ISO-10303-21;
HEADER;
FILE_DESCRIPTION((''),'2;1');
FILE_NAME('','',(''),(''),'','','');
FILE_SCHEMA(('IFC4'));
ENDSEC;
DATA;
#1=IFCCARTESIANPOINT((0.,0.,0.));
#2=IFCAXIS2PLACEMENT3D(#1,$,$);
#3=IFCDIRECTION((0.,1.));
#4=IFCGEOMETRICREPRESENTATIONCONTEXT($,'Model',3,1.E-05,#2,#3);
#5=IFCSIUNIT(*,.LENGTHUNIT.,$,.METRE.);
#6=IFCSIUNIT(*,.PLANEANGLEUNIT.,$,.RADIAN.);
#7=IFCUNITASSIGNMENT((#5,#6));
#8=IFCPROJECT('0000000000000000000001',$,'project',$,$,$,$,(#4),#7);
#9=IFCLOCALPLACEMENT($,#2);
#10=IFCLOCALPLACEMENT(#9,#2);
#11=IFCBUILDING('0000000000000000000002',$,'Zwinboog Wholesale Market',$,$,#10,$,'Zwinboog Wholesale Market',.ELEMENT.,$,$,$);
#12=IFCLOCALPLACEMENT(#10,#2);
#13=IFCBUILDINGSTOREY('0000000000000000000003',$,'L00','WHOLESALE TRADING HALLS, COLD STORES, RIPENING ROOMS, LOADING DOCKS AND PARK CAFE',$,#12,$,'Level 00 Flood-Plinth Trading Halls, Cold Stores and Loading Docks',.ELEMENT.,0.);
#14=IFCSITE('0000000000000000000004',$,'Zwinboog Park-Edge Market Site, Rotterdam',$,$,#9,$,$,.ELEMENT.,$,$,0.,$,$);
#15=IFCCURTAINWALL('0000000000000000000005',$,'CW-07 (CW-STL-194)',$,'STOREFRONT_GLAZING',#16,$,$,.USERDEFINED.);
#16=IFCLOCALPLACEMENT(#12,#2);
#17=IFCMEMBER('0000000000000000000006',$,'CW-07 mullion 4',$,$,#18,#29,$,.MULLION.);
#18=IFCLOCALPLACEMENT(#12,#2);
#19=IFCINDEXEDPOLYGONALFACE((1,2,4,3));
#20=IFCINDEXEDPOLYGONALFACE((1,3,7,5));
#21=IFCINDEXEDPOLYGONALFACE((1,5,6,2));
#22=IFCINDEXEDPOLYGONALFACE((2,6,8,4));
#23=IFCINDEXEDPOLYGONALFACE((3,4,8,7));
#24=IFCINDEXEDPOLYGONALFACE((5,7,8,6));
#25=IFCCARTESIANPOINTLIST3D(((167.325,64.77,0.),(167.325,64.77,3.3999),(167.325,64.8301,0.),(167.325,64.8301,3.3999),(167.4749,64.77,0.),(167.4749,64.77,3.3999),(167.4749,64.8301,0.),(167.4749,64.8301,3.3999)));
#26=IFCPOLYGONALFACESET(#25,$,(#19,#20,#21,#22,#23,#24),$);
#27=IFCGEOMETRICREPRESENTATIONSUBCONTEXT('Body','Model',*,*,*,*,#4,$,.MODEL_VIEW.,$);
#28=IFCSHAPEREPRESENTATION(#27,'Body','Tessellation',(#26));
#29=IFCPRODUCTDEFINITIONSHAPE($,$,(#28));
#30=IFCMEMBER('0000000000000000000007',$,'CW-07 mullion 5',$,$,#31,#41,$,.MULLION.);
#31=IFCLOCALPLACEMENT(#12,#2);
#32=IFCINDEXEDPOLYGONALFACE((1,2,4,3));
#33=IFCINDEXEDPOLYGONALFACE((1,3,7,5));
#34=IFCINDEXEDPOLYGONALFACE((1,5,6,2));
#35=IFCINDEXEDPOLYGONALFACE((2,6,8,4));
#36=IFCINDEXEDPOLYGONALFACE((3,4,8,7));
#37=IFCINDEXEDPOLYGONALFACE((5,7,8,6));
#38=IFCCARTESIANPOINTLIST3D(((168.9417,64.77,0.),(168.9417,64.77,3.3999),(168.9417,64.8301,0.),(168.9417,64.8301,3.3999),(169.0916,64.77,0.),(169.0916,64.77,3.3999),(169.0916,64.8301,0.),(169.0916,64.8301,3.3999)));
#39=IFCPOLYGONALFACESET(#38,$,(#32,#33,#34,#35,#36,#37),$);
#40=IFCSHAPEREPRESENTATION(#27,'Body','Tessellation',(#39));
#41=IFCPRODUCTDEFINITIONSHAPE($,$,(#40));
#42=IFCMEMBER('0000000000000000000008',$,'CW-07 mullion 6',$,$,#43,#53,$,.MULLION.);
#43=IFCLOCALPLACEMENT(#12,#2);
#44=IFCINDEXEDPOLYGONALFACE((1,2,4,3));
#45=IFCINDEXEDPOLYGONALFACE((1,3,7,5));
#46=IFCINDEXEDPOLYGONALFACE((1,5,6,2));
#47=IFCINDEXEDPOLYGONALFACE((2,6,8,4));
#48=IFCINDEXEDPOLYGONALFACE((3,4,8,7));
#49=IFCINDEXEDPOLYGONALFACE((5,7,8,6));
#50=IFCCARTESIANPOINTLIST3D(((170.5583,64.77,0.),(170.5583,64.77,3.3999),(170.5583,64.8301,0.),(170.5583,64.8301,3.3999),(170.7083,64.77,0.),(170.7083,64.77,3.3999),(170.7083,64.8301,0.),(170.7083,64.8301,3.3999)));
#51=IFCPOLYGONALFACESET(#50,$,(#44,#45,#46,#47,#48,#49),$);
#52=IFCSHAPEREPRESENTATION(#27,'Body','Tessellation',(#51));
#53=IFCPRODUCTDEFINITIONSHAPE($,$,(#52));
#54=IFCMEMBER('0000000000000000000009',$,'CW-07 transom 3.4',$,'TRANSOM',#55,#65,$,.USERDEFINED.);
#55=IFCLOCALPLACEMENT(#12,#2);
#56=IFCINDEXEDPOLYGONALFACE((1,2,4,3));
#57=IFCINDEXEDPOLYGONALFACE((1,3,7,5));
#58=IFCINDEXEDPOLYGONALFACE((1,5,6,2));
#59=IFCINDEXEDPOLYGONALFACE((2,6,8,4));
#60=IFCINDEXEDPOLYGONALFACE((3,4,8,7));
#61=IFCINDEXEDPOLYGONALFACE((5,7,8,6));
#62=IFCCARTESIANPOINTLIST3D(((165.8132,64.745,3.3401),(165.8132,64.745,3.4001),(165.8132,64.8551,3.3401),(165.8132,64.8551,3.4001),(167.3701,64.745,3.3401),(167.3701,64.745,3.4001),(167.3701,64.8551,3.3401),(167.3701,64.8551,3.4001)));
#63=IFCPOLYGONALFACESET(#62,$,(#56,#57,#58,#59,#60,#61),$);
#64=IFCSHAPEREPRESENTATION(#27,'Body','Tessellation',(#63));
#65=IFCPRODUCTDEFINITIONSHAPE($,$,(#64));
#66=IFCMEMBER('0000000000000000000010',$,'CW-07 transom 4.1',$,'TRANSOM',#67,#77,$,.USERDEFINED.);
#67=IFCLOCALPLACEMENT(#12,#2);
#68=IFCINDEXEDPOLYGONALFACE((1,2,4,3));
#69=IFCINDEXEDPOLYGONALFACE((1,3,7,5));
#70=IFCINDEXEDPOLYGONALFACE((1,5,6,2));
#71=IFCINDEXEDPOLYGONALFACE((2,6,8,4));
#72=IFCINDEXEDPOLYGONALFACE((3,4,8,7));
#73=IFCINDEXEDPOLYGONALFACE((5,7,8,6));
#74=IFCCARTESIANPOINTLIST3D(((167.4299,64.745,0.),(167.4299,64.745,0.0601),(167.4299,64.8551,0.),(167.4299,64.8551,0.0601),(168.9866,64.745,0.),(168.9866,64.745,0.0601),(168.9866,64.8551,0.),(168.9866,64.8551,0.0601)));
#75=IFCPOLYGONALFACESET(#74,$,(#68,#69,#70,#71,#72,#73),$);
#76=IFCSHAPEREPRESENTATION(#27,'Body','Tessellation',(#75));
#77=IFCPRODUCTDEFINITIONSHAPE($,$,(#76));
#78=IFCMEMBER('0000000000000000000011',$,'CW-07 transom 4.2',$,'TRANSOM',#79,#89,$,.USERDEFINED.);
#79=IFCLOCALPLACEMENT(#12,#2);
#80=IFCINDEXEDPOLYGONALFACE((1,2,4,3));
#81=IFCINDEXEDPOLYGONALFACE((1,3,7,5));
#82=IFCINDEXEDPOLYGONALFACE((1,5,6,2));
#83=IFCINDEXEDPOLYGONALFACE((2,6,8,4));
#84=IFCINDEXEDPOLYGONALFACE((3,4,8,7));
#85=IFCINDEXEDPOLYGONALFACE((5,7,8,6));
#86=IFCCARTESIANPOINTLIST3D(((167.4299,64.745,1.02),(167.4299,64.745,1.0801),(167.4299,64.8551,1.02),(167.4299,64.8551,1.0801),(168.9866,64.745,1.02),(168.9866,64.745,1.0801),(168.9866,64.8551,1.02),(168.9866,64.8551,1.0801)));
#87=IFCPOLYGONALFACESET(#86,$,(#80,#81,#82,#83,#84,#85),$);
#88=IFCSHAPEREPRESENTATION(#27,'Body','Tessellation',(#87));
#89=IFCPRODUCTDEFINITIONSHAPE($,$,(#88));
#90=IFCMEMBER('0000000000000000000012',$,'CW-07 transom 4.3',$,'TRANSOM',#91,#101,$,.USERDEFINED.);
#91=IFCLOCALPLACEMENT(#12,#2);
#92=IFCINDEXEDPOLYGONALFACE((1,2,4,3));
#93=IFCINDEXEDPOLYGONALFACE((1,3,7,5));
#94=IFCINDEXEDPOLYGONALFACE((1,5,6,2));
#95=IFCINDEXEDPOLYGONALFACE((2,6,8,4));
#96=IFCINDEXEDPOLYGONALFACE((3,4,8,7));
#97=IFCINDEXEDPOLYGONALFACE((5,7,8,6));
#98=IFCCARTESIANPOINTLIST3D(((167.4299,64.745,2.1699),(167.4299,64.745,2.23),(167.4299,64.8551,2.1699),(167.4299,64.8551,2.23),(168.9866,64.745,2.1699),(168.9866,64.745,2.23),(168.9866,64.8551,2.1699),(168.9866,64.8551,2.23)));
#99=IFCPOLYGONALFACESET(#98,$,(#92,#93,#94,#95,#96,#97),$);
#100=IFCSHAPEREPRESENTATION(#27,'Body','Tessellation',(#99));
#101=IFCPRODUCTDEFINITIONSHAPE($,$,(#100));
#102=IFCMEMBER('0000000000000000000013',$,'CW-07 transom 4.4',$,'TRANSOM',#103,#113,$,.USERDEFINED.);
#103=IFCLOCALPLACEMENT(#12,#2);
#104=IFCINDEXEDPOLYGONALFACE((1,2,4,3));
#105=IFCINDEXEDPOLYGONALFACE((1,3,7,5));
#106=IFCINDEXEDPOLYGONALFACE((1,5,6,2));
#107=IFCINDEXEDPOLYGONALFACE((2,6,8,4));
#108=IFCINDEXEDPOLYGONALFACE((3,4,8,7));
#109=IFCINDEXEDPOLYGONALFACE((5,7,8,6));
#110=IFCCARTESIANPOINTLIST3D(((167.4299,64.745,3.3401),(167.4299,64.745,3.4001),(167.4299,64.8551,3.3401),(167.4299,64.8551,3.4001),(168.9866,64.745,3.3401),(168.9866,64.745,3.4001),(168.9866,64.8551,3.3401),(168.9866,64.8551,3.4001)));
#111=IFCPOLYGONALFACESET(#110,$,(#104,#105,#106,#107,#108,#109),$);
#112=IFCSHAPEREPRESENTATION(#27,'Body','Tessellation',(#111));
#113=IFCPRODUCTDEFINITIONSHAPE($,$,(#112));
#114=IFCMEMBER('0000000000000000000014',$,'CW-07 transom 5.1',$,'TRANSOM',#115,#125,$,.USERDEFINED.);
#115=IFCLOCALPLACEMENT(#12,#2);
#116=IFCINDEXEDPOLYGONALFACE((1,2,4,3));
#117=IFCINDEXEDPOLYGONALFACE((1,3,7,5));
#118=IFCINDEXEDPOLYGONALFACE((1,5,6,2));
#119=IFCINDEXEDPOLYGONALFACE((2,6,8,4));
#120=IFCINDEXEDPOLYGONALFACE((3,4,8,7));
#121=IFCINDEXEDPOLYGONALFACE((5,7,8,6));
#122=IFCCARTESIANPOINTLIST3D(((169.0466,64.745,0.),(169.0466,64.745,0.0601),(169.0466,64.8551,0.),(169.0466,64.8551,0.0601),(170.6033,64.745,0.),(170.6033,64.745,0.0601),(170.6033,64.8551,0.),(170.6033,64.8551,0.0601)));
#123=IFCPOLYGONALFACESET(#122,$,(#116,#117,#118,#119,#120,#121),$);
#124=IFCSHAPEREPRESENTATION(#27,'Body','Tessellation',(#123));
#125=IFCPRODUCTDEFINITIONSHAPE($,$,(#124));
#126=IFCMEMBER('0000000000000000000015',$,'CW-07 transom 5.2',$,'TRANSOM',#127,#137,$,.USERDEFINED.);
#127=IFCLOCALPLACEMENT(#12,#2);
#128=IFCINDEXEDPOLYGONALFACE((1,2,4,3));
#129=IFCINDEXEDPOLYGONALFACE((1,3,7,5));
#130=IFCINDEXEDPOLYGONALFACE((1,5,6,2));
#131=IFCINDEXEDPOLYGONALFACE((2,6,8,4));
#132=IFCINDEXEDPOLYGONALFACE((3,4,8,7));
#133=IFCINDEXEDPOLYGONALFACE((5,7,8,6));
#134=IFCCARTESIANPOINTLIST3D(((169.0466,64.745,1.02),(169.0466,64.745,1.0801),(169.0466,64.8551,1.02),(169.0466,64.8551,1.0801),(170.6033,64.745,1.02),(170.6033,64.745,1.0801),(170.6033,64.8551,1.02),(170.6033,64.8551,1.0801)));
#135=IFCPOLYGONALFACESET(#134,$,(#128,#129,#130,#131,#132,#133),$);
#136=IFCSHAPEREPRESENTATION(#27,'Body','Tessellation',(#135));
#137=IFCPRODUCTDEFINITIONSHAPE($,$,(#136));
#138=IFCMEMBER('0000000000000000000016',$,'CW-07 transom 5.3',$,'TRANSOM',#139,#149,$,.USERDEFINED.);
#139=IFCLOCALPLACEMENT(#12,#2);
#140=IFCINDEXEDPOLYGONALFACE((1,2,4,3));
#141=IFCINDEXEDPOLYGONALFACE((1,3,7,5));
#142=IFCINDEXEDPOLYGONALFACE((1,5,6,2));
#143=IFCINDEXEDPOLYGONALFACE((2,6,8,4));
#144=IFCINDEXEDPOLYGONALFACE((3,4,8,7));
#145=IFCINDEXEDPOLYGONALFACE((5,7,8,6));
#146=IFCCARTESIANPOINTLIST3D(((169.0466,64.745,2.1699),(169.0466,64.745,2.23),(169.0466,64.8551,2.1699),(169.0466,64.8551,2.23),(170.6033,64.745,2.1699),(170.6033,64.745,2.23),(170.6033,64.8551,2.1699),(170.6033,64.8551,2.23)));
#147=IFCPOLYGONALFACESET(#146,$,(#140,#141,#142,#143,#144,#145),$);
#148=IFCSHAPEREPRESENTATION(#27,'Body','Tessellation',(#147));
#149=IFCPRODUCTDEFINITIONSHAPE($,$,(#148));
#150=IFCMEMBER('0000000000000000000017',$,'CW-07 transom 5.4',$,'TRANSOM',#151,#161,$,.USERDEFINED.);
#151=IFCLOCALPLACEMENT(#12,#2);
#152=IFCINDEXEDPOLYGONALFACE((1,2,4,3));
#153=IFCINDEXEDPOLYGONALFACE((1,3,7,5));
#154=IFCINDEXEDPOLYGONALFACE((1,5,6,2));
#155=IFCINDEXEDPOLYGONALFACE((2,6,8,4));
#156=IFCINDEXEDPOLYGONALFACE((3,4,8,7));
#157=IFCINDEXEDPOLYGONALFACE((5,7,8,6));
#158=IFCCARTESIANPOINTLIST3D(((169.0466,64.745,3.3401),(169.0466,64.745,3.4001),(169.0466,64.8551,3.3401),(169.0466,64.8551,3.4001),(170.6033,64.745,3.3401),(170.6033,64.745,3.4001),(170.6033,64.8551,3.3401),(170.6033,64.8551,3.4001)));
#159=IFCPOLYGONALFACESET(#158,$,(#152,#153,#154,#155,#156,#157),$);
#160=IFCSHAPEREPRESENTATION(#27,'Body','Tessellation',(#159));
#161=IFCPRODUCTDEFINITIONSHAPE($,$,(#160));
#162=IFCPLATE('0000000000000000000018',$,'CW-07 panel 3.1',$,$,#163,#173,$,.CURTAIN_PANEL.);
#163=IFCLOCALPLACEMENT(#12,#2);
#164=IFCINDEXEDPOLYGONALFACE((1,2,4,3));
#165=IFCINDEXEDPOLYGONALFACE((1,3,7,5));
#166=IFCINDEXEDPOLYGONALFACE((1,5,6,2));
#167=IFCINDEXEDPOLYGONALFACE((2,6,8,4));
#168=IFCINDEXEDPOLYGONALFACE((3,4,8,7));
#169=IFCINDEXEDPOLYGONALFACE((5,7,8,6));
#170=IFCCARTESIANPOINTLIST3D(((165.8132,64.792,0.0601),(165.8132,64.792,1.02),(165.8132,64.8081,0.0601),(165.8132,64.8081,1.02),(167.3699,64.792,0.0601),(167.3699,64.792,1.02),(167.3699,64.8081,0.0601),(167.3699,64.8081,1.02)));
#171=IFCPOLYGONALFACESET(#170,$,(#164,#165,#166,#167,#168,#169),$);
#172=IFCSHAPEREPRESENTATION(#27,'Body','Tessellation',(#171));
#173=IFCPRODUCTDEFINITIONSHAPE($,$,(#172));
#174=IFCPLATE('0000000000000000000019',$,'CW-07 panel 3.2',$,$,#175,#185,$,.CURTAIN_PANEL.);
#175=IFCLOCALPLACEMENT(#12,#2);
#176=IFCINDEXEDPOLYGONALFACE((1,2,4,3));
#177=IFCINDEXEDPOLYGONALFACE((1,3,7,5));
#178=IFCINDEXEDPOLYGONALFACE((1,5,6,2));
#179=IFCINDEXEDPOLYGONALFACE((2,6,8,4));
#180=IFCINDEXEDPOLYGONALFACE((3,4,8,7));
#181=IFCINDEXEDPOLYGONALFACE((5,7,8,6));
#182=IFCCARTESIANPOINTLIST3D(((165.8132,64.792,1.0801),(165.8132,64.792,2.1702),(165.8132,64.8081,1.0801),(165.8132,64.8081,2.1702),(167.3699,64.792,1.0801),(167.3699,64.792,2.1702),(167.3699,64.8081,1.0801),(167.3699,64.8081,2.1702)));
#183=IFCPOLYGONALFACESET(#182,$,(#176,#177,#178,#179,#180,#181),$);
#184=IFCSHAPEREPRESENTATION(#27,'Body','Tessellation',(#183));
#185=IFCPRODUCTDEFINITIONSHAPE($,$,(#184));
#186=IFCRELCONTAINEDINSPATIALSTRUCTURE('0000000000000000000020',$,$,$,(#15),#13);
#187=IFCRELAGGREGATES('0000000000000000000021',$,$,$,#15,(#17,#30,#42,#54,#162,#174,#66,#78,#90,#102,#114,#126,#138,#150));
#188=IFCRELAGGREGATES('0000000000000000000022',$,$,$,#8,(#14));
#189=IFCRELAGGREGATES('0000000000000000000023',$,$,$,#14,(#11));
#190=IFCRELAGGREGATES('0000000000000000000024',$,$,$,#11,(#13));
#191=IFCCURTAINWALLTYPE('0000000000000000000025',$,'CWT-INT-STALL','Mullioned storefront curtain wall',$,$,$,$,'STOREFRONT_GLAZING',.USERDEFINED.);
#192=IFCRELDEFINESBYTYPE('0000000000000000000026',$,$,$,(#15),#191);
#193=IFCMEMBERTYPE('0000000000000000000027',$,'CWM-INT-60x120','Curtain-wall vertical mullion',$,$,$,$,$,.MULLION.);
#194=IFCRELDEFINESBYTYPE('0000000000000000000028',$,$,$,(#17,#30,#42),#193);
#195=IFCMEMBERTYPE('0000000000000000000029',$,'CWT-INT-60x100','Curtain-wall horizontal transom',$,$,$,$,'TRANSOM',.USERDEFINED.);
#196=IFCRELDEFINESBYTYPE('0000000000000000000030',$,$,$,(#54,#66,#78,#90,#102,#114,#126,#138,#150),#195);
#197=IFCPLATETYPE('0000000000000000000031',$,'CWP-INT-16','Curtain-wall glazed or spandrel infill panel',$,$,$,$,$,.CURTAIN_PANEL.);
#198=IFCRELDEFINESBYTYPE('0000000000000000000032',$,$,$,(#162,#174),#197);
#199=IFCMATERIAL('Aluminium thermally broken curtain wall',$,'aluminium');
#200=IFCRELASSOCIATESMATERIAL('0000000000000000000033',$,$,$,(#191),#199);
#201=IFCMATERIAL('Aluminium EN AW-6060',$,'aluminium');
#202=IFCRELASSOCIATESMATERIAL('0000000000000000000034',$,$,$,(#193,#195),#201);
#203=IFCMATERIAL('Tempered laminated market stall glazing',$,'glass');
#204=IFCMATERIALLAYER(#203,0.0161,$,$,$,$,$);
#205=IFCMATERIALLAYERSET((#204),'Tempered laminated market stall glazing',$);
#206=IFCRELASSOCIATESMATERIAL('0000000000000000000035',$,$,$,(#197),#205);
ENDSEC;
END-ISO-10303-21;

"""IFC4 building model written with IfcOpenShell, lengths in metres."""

from ifc_helpers import new_model, si_unit, direction, frame, origin, origin_2d, place, context, subcontext, project, spatial, rectangle, extrude, material, layer, layer_set, material_profile, profile_set, type_object, element, aggregate, save


model = new_model("IFC4")

# Units and contexts
model_context = context("Model", 3, precision=1e-05, world=origin(), true_north=direction((0.0, 1.0)))
body_context = subcontext(model_context, "Body", "Model", "MODEL_VIEW")
ifc_project = project(units=[si_unit("LENGTHUNIT", "METRE"), si_unit("PLANEANGLEUNIT", "RADIAN")], contexts=[model_context])

# Site, building, storey
site_placement = place(None, origin())
site = spatial("IfcSite", under=ifc_project, at=site_placement, Name="Zwinboog Park-Edge Market Site, Rotterdam", CompositionType="ELEMENT", RefElevation=0.0)
building_placement = place(site_placement, origin())
building = spatial("IfcBuilding", under=site, at=building_placement, Name="Zwinboog Wholesale Market", LongName="Zwinboog Wholesale Market", CompositionType="ELEMENT")
storey_placement = place(building_placement, origin())
storey = spatial("IfcBuildingStorey", under=building, at=storey_placement, Name="L00", Description="WHOLESALE TRADING HALLS, COLD STORES, RIPENING ROOMS, LOADING DOCKS AND PARK CAFE", LongName="Level 00 Flood-Plinth Trading Halls, Cold Stores and Loading Docks", CompositionType="ELEMENT", Elevation=0.0)

# Curtain wall, members, plates
ifc_material_1 = material(Name="Aluminium thermally broken curtain wall", Category="aluminium")
curtain_wall_type = type_object("IfcCurtainWallType", Name="CWT-INT-STALL", Description="Mullioned storefront curtain wall", ElementType="STOREFRONT_GLAZING", PredefinedType="USERDEFINED", material=ifc_material_1)
curtain_wall_placement = place(storey_placement, origin())
curtain_wall = element("IfcCurtainWall", 1, at=curtain_wall_placement, inside=storey, type_object=curtain_wall_type, Name="CW-07 (CW-STL-194)", ObjectType="STOREFRONT_GLAZING", PredefinedType="USERDEFINED")
ifc_material_2 = material(Name="Aluminium EN AW-6060", Category="aluminium")
ifc_material_profile_1 = material_profile(ifc_material_2, rectangle(XDim=0.0601, YDim=0.1499, at=origin_2d()), Name="AL 60x150")
ifc_profile_set_1 = profile_set([ifc_material_profile_1], Name="Aluminium EN AW-6060")
member_type_1 = type_object("IfcMemberType", Name="CWM-INT-60x120", Description="Curtain-wall vertical mullion", PredefinedType="MULLION", material=ifc_profile_set_1)
member_1_placement = place(storey_placement, frame((167.3999, 64.8, 0.0), z_axis=(0.0, 0.0, 1.0), x_axis=(0.0, 1.0, 0.0)))
member_1 = element("IfcMember", 2, at=member_1_placement, type_object=member_type_1, Name="CW-07 mullion 4", PredefinedType="MULLION", context=body_context, shape_type="SweptSolid", body=[
    extrude(rectangle(XDim=0.0601, YDim=0.1499, at=origin_2d()), origin(), (0.0, 0.0, 1.0), 3.3999),
])
member_2_placement = place(storey_placement, frame((169.0166, 64.8, 0.0), z_axis=(0.0, 0.0, 1.0), x_axis=(0.0, 1.0, 0.0)))
member_2 = element("IfcMember", 3, at=member_2_placement, type_object=member_type_1, Name="CW-07 mullion 5", PredefinedType="MULLION", context=body_context, shape_type="SweptSolid", body=[
    extrude(rectangle(XDim=0.0601, YDim=0.1499, at=origin_2d()), origin(), (0.0, 0.0, 1.0), 3.3999),
])
member_3_placement = place(storey_placement, frame((170.6333, 64.8, 0.0), z_axis=(0.0, 0.0, 1.0), x_axis=(0.0, 1.0, 0.0)))
member_3 = element("IfcMember", 4, at=member_3_placement, type_object=member_type_1, Name="CW-07 mullion 6", PredefinedType="MULLION", context=body_context, shape_type="SweptSolid", body=[
    extrude(rectangle(XDim=0.0601, YDim=0.1499, at=origin_2d()), origin(), (0.0, 0.0, 1.0), 3.3999),
])
ifc_material_profile_2 = material_profile(ifc_material_2, rectangle(XDim=0.1101, YDim=0.0601, at=origin_2d()), Name="AL 60x110")
ifc_profile_set_2 = profile_set([ifc_material_profile_2], Name="Aluminium EN AW-6060")
member_type_2 = type_object("IfcMemberType", Name="CWT-INT-60x100", Description="Curtain-wall horizontal transom", ElementType="TRANSOM", PredefinedType="USERDEFINED", material=ifc_profile_set_2)
member_4_placement = place(storey_placement, frame((165.8132, 64.8, 3.3701), z_axis=(1.0, 0.0, 0.0), x_axis=(0.0, 1.0, 0.0)))
member_4 = element("IfcMember", 5, at=member_4_placement, type_object=member_type_2, Name="CW-07 transom 3.4", ObjectType="TRANSOM", PredefinedType="USERDEFINED", context=body_context, shape_type="SweptSolid", body=[
    extrude(rectangle(XDim=0.1101, YDim=0.0601, at=origin_2d()), origin(), (0.0, 0.0, 1.0), 1.5569),
])
member_5_placement = place(storey_placement, frame((167.4299, 64.8, 0.03), z_axis=(1.0, 0.0, 0.0), x_axis=(0.0, 1.0, 0.0)))
member_5 = element("IfcMember", 6, at=member_5_placement, type_object=member_type_2, Name="CW-07 transom 4.1", ObjectType="TRANSOM", PredefinedType="USERDEFINED", context=body_context, shape_type="SweptSolid", body=[
    extrude(rectangle(XDim=0.1101, YDim=0.0601, at=origin_2d()), origin(), (0.0, 0.0, 1.0), 1.5566),
])
member_6_placement = place(storey_placement, frame((167.4299, 64.8, 1.05), z_axis=(1.0, 0.0, 0.0), x_axis=(0.0, 1.0, 0.0)))
member_6 = element("IfcMember", 7, at=member_6_placement, type_object=member_type_2, Name="CW-07 transom 4.2", ObjectType="TRANSOM", PredefinedType="USERDEFINED", context=body_context, shape_type="SweptSolid", body=[
    extrude(rectangle(XDim=0.1101, YDim=0.0601, at=origin_2d()), origin(), (0.0, 0.0, 1.0), 1.5566),
])
member_7_placement = place(storey_placement, frame((167.4299, 64.8, 2.2), z_axis=(1.0, 0.0, 0.0), x_axis=(0.0, 1.0, 0.0)))
member_7 = element("IfcMember", 8, at=member_7_placement, type_object=member_type_2, Name="CW-07 transom 4.3", ObjectType="TRANSOM", PredefinedType="USERDEFINED", context=body_context, shape_type="SweptSolid", body=[
    extrude(rectangle(XDim=0.1101, YDim=0.0601, at=origin_2d()), origin(), (0.0, 0.0, 1.0), 1.5566),
])
member_8_placement = place(storey_placement, frame((167.4299, 64.8, 3.3701), z_axis=(1.0, 0.0, 0.0), x_axis=(0.0, 1.0, 0.0)))
member_8 = element("IfcMember", 9, at=member_8_placement, type_object=member_type_2, Name="CW-07 transom 4.4", ObjectType="TRANSOM", PredefinedType="USERDEFINED", context=body_context, shape_type="SweptSolid", body=[
    extrude(rectangle(XDim=0.1101, YDim=0.0601, at=origin_2d()), origin(), (0.0, 0.0, 1.0), 1.5566),
])
member_9_placement = place(storey_placement, frame((169.0466, 64.8, 0.03), z_axis=(1.0, 0.0, 0.0), x_axis=(0.0, 1.0, 0.0)))
member_9 = element("IfcMember", 10, at=member_9_placement, type_object=member_type_2, Name="CW-07 transom 5.1", ObjectType="TRANSOM", PredefinedType="USERDEFINED", context=body_context, shape_type="SweptSolid", body=[
    extrude(rectangle(XDim=0.1101, YDim=0.0601, at=origin_2d()), origin(), (0.0, 0.0, 1.0), 1.5566),
])
member_10_placement = place(storey_placement, frame((169.0466, 64.8, 1.05), z_axis=(1.0, 0.0, 0.0), x_axis=(0.0, 1.0, 0.0)))
member_10 = element("IfcMember", 11, at=member_10_placement, type_object=member_type_2, Name="CW-07 transom 5.2", ObjectType="TRANSOM", PredefinedType="USERDEFINED", context=body_context, shape_type="SweptSolid", body=[
    extrude(rectangle(XDim=0.1101, YDim=0.0601, at=origin_2d()), origin(), (0.0, 0.0, 1.0), 1.5566),
])
member_11_placement = place(storey_placement, frame((169.0466, 64.8, 2.2), z_axis=(1.0, 0.0, 0.0), x_axis=(0.0, 1.0, 0.0)))
member_11 = element("IfcMember", 12, at=member_11_placement, type_object=member_type_2, Name="CW-07 transom 5.3", ObjectType="TRANSOM", PredefinedType="USERDEFINED", context=body_context, shape_type="SweptSolid", body=[
    extrude(rectangle(XDim=0.1101, YDim=0.0601, at=origin_2d()), origin(), (0.0, 0.0, 1.0), 1.5566),
])
member_12_placement = place(storey_placement, frame((169.0466, 64.8, 3.3701), z_axis=(1.0, 0.0, 0.0), x_axis=(0.0, 1.0, 0.0)))
member_12 = element("IfcMember", 13, at=member_12_placement, type_object=member_type_2, Name="CW-07 transom 5.4", ObjectType="TRANSOM", PredefinedType="USERDEFINED", context=body_context, shape_type="SweptSolid", body=[
    extrude(rectangle(XDim=0.1101, YDim=0.0601, at=origin_2d()), origin(), (0.0, 0.0, 1.0), 1.5566),
])
ifc_material_3 = material(Name="Tempered laminated market stall glazing", Category="glass")
ifc_layer = layer(ifc_material_3, 0.0161)
ifc_layer_set = layer_set([ifc_layer], Name="Tempered laminated market stall glazing")
plate_type = type_object("IfcPlateType", Name="CWP-INT-16", Description="Curtain-wall glazed or spandrel infill panel", PredefinedType="CURTAIN_PANEL", material=ifc_layer_set)
plate_1_placement = place(storey_placement, frame((166.5916, 64.8, 0.0601), z_axis=(0.0, 0.0, 1.0), x_axis=(1.0, 0.0, 0.0)))
plate_1 = element("IfcPlate", 14, at=plate_1_placement, type_object=plate_type, Name="CW-07 panel 3.1", PredefinedType="CURTAIN_PANEL", context=body_context, shape_type="SweptSolid", body=[
    extrude(rectangle(XDim=1.5566, YDim=0.0161, at=origin_2d()), origin(), (0.0, 0.0, 1.0), 0.96),
])
plate_2_placement = place(storey_placement, frame((166.5916, 64.8, 1.0801), z_axis=(0.0, 0.0, 1.0), x_axis=(1.0, 0.0, 0.0)))
plate_2 = element("IfcPlate", 15, at=plate_2_placement, type_object=plate_type, Name="CW-07 panel 3.2", PredefinedType="CURTAIN_PANEL", context=body_context, shape_type="SweptSolid", body=[
    extrude(rectangle(XDim=1.5566, YDim=0.0161, at=origin_2d()), origin(), (0.0, 0.0, 1.0), 1.0901),
])
aggregate(curtain_wall, [member_1, member_2, member_3, member_4, plate_1, plate_2, member_5, member_6, member_7, member_8, member_9, member_10, member_11, member_12])

save(model, "model.ifc")
